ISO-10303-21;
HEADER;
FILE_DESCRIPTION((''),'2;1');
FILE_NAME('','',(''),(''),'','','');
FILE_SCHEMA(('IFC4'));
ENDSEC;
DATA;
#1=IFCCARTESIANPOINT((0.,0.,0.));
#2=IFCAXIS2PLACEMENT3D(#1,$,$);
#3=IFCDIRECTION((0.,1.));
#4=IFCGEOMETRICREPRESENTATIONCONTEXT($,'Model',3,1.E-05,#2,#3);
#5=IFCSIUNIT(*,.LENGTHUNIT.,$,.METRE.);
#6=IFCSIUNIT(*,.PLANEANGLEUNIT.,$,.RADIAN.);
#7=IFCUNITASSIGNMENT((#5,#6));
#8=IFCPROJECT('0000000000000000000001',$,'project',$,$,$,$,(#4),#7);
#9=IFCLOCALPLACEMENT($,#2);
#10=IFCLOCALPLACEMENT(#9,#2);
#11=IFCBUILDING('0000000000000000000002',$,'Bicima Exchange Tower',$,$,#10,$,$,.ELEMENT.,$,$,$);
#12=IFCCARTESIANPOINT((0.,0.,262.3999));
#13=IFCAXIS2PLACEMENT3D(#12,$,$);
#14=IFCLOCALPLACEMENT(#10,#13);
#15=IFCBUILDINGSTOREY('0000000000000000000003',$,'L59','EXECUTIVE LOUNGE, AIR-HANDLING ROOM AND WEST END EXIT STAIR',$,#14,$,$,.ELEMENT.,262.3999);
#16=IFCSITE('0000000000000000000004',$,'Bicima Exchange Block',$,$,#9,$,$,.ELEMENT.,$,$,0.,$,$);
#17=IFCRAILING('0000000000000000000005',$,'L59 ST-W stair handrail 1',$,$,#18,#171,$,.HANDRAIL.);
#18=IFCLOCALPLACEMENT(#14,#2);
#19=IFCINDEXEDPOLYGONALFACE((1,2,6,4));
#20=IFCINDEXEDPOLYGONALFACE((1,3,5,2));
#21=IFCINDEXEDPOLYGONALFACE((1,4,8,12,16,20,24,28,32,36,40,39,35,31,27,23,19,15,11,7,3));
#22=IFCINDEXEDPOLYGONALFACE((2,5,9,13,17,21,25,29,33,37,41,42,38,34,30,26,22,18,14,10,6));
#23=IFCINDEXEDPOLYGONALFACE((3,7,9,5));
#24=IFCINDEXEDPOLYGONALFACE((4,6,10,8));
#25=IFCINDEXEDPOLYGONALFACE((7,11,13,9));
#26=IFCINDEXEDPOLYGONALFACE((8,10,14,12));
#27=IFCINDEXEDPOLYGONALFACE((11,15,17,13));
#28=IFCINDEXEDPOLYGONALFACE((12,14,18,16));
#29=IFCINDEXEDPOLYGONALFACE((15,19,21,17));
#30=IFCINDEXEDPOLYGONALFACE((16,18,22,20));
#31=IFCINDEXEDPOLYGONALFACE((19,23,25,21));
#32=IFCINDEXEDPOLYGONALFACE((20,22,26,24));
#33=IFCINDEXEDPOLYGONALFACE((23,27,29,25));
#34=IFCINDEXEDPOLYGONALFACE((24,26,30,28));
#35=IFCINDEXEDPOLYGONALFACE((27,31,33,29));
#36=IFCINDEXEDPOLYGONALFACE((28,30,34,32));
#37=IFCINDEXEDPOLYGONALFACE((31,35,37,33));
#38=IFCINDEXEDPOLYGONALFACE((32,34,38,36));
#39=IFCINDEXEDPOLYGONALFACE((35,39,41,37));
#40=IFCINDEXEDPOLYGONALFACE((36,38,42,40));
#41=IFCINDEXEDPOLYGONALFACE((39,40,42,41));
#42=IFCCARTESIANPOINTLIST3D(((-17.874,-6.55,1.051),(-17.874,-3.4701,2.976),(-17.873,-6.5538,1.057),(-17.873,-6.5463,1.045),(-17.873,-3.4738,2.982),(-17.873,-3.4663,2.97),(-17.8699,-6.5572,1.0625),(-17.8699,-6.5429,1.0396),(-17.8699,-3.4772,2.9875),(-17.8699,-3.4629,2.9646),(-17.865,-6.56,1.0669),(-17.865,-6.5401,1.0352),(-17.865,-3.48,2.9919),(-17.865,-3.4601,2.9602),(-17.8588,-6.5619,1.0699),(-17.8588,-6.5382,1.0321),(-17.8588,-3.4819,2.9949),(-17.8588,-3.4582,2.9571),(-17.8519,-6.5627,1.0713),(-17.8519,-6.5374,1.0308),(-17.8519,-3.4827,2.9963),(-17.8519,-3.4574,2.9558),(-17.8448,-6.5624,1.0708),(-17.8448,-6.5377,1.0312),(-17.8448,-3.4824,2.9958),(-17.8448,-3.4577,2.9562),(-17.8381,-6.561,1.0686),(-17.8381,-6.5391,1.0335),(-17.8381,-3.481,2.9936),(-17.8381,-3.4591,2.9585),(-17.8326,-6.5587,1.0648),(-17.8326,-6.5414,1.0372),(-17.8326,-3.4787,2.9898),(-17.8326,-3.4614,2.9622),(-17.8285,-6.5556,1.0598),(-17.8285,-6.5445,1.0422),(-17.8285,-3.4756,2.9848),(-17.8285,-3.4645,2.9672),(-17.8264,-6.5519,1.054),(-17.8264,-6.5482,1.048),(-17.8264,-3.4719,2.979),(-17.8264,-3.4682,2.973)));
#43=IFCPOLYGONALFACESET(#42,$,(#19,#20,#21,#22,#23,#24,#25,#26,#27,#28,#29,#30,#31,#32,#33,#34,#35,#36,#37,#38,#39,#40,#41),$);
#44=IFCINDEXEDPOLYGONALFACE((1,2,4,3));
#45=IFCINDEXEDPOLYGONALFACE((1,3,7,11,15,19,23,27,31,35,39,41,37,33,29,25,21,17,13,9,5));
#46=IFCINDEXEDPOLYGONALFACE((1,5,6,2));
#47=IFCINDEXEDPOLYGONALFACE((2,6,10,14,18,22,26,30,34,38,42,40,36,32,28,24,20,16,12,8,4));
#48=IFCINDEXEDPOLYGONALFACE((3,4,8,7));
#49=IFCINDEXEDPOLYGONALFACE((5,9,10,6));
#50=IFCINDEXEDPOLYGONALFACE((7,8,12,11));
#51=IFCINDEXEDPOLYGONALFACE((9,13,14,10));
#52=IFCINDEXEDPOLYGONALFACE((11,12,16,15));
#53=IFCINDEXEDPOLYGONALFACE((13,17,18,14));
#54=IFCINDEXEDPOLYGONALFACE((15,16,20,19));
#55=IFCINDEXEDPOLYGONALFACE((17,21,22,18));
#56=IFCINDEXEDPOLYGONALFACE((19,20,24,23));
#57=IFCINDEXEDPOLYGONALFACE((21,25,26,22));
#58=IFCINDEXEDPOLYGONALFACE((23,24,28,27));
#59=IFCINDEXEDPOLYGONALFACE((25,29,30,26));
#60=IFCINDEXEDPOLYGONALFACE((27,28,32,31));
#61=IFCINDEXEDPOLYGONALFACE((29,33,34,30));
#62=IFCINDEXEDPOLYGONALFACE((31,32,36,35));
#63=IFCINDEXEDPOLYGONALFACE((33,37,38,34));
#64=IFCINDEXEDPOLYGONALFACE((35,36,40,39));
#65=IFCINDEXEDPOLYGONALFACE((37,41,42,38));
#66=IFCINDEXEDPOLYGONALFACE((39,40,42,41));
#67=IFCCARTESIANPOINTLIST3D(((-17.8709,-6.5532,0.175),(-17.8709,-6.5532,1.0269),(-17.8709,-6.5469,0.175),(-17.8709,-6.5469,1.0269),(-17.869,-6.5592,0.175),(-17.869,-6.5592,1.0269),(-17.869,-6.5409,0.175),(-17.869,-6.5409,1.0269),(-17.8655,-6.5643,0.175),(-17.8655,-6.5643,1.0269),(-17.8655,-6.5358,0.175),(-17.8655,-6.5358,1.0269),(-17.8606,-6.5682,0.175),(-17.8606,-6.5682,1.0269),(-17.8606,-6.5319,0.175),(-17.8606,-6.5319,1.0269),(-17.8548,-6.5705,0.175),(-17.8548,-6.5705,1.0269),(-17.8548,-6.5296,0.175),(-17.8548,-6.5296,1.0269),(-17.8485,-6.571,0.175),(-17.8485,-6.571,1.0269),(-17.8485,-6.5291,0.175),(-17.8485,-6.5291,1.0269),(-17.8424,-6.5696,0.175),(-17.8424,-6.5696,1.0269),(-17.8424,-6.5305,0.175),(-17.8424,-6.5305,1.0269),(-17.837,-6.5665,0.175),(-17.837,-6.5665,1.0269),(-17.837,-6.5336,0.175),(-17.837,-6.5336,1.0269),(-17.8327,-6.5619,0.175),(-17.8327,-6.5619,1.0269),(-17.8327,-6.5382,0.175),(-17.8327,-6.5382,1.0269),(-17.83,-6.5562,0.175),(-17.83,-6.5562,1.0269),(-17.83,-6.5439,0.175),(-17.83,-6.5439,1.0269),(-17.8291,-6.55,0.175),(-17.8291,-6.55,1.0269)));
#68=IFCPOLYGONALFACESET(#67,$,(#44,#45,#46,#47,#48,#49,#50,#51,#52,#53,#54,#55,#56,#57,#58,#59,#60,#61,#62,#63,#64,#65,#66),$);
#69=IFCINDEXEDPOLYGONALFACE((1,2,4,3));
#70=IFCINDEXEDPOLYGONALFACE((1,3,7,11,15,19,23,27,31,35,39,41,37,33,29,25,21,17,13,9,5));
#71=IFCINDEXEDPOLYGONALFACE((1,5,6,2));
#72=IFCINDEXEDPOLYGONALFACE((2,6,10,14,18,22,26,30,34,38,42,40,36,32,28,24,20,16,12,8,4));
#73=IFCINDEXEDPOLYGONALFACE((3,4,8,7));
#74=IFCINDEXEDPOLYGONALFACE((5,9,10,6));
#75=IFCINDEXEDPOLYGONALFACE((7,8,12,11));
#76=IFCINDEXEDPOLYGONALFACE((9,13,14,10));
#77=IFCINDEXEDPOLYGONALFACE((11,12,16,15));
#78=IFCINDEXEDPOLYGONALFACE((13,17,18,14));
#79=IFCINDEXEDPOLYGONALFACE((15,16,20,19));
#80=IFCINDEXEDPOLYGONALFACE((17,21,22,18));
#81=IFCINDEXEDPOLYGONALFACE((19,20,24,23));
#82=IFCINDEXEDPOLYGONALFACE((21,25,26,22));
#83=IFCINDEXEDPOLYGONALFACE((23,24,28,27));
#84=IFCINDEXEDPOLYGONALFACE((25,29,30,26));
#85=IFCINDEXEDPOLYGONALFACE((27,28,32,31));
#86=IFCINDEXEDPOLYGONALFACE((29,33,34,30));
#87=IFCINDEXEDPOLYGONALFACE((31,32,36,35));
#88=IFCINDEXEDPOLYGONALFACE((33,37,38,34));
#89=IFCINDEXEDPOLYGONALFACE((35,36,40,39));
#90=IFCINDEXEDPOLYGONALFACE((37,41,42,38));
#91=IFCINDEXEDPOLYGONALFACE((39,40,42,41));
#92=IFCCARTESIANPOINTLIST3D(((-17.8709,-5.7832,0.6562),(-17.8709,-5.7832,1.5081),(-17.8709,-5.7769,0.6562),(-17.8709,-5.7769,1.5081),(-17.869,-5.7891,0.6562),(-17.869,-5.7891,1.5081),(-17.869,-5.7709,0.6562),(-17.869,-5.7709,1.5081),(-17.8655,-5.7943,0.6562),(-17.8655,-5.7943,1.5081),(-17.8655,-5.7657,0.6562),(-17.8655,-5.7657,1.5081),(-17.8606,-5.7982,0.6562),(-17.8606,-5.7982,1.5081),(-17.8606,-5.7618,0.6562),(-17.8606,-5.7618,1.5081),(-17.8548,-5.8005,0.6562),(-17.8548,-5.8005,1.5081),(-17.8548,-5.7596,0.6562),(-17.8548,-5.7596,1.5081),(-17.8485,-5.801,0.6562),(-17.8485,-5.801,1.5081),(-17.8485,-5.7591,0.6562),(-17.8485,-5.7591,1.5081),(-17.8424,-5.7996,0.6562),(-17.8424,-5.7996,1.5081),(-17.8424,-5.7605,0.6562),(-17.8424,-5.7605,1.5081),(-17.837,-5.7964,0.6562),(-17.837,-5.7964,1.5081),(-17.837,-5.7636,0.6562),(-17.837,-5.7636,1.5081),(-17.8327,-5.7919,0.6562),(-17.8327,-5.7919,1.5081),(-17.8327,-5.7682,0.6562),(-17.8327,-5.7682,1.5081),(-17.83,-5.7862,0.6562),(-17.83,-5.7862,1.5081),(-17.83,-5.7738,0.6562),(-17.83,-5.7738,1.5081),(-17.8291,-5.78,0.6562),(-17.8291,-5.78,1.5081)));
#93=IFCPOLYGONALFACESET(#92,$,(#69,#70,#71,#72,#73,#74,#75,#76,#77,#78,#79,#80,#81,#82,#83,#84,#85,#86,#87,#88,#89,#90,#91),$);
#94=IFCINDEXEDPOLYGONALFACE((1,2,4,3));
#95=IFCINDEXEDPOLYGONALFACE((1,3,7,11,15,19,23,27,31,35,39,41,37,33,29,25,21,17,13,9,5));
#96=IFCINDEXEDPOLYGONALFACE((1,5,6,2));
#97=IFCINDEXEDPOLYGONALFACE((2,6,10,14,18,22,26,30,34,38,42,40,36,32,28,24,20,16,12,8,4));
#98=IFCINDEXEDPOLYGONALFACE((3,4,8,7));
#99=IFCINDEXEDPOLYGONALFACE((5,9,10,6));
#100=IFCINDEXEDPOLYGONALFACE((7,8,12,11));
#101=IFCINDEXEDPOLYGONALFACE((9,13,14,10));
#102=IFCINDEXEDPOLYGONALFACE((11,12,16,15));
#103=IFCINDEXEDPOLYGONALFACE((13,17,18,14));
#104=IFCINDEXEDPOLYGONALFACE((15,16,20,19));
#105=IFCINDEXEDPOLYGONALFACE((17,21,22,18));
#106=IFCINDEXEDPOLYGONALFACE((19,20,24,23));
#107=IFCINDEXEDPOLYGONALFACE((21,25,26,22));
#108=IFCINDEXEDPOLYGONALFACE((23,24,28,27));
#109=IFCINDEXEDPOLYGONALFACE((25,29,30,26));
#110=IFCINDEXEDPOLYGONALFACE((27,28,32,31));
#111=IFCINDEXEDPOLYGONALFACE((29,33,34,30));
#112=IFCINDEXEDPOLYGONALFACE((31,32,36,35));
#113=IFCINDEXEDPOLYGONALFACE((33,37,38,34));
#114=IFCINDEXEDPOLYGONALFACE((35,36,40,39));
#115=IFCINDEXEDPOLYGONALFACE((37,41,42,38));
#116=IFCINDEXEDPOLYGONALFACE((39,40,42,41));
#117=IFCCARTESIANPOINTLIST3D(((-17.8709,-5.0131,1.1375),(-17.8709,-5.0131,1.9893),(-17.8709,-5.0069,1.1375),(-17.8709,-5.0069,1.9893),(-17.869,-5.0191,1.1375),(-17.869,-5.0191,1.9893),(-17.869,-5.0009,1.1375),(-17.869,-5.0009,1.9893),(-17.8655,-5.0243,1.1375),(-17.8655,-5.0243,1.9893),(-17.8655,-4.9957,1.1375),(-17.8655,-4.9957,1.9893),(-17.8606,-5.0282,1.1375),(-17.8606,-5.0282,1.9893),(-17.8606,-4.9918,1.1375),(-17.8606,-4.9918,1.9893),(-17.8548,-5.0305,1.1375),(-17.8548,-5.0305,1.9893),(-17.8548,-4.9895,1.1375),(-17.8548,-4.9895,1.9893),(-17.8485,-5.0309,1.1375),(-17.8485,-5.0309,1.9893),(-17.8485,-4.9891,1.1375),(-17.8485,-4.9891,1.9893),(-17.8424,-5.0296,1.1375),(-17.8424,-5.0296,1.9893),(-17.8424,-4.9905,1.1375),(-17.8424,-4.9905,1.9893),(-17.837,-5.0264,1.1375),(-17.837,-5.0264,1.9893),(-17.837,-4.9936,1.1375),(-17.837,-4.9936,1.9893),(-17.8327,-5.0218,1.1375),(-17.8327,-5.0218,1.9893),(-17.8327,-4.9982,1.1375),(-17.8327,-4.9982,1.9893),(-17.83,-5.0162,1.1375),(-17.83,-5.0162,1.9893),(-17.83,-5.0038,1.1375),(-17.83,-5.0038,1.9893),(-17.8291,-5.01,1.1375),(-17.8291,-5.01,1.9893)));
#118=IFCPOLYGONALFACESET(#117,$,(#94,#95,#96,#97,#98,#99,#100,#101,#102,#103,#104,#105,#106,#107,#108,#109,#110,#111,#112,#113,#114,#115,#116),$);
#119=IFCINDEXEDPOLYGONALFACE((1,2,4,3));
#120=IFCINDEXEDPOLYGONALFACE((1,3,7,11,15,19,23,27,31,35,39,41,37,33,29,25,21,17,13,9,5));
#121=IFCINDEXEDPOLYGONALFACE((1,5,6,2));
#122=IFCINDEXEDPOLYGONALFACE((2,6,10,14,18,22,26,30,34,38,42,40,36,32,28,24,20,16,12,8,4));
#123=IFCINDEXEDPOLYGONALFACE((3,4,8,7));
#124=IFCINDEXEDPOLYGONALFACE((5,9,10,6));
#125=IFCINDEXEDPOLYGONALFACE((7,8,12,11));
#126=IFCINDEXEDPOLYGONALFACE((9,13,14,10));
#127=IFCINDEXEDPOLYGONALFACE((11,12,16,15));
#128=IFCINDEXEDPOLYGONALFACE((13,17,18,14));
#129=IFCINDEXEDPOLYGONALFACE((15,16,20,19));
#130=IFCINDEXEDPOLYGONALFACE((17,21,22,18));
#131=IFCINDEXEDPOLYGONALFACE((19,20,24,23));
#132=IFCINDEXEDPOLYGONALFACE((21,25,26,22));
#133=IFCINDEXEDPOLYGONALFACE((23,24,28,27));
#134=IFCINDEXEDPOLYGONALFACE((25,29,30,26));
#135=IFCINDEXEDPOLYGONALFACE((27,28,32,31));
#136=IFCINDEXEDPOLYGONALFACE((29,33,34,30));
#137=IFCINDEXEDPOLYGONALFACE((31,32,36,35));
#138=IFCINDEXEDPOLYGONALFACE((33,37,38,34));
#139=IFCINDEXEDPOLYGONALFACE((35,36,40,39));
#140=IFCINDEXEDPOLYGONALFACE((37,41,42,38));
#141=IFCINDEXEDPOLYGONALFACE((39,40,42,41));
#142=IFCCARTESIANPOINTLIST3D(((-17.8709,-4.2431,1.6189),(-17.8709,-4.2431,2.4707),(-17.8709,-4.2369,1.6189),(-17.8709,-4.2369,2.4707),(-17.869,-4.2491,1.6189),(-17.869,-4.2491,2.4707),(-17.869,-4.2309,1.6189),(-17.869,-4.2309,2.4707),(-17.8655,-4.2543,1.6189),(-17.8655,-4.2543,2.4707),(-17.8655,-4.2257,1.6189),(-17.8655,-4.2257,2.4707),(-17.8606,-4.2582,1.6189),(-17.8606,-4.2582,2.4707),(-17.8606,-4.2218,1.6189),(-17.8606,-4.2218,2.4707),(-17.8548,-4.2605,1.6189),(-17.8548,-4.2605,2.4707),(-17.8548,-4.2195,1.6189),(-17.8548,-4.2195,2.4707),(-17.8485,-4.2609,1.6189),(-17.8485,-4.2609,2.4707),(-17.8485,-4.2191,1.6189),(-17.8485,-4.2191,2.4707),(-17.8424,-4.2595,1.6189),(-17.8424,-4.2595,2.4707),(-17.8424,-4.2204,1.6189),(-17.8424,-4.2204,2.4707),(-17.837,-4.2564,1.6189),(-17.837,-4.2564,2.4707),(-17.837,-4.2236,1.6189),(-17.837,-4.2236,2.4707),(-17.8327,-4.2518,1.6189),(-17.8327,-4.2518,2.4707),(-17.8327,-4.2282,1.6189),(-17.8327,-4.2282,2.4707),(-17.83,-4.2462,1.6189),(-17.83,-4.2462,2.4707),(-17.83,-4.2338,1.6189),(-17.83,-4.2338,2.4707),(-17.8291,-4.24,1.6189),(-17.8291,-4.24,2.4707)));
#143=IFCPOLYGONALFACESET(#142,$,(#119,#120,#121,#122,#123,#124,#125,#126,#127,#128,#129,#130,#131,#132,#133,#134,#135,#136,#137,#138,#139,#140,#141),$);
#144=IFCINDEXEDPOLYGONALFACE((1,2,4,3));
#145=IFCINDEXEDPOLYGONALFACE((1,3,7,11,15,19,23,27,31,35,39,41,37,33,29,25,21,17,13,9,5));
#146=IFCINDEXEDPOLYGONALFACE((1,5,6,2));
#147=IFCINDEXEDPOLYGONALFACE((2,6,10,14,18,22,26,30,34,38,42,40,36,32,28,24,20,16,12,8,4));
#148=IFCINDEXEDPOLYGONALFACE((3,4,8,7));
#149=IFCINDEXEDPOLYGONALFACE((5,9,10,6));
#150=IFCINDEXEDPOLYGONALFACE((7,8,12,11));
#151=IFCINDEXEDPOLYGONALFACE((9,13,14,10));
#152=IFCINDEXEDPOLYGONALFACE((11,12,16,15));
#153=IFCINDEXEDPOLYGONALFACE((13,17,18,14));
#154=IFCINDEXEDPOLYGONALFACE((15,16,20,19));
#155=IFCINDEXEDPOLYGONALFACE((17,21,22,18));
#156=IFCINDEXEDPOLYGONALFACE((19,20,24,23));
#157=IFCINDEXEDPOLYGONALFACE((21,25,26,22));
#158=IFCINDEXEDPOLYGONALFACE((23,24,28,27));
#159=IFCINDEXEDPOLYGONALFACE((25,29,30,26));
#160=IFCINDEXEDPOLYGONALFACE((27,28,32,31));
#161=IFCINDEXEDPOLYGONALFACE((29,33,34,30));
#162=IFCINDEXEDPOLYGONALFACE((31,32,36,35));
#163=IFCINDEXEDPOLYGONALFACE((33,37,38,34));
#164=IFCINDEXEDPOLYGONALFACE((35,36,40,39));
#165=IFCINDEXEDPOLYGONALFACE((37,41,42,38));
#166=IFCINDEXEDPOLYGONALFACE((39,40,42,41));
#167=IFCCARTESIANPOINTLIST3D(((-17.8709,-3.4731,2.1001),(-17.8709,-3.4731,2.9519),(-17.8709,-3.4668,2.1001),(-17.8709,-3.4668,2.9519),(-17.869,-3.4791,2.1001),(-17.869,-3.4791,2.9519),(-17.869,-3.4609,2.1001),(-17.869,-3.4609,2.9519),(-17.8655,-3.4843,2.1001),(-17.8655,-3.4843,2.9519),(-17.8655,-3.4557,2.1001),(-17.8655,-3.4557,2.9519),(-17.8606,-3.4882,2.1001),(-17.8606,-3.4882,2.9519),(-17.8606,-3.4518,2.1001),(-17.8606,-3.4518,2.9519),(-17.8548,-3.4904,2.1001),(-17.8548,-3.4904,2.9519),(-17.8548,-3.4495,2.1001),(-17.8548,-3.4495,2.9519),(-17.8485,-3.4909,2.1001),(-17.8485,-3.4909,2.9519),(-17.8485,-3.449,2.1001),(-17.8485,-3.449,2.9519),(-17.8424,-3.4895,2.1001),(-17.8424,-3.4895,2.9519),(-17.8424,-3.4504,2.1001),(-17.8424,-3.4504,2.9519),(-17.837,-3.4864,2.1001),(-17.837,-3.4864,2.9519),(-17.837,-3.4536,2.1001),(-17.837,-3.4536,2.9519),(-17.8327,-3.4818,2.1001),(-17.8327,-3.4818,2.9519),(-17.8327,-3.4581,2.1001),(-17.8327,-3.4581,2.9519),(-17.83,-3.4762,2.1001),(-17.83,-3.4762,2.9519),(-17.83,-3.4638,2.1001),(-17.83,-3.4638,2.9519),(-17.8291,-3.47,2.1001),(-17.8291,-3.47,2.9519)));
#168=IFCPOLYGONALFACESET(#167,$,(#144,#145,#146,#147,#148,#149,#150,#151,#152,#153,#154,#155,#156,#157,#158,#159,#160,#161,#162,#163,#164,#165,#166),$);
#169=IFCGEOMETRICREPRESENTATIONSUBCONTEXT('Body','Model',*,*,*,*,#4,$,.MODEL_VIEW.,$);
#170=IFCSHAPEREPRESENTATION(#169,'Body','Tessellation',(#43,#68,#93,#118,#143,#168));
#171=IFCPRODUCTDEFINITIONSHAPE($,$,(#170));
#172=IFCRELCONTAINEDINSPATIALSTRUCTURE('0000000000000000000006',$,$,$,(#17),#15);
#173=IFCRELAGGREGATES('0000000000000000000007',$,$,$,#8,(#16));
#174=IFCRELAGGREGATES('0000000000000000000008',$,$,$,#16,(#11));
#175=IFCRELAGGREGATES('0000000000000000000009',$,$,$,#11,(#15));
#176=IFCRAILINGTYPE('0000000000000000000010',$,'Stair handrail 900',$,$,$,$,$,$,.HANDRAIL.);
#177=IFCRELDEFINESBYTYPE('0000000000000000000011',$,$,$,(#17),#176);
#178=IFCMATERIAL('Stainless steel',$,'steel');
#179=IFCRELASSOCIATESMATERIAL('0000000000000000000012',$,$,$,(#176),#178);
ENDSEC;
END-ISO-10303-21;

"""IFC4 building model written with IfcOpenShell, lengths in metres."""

from ifc_helpers import new_model, si_unit, direction, frame, origin, origin_2d, place, context, subcontext, project, spatial, circle, extrude, material, type_object, element, save


model = new_model("IFC4")

# Units and contexts
model_context = context("Model", 3, precision=1e-05, world=origin(), true_north=direction((0.0, 1.0)))
body_context = subcontext(model_context, "Body", "Model", "MODEL_VIEW")
ifc_project = project(units=[si_unit("LENGTHUNIT", "METRE"), si_unit("PLANEANGLEUNIT", "RADIAN")], contexts=[model_context])

# Site, building, storey
site_placement = place(None, origin())
site = spatial("IfcSite", under=ifc_project, at=site_placement, Name="Bicima Exchange Block", CompositionType="ELEMENT", RefElevation=0.0)
building_placement = place(site_placement, origin())
building = spatial("IfcBuilding", under=site, at=building_placement, Name="Bicima Exchange Tower", CompositionType="ELEMENT")
storey_placement = place(building_placement, frame((0.0, 0.0, 262.3999)))
storey = spatial("IfcBuildingStorey", under=building, at=storey_placement, Name="L59", Description="EXECUTIVE LOUNGE, AIR-HANDLING ROOM AND WEST END EXIT STAIR", CompositionType="ELEMENT", Elevation=262.3999)

# Shared definitions
ifc_material_1 = material(Name="Stainless steel", Category="steel")

# Railing
railing_type_1 = type_object("IfcRailingType", Name="Stair handrail 900", PredefinedType="HANDRAIL", material=ifc_material_1)
railing_1_placement = place(storey_placement, frame((-17.8501, -6.55, 0.175)))
element("IfcRailing", 1, at=railing_1_placement, inside=storey, type_object=railing_type_1, Name="L59 ST-W stair handrail 1", PredefinedType="HANDRAIL", context=body_context, shape_type="SweptSolid", body=[
    extrude(circle(Radius=0.0239, at=origin_2d()), frame((0.0, 0.0, 0.876), z_axis=(0.0, 0.847998, 0.529999), x_axis=(-1.0, 0.0, 0.0)), (0.0, 0.0, 1.0), 3.6321),
    extrude(circle(Radius=0.021, at=origin_2d()), origin(), (0.0, 0.0, 1.0), 0.8518),
    extrude(circle(Radius=0.021, at=origin_2d()), frame((0.0, 0.77, 0.4812)), (0.0, 0.0, 1.0), 0.8518),
    extrude(circle(Radius=0.021, at=origin_2d()), frame((0.0, 1.54, 0.9624)), (0.0, 0.0, 1.0), 0.8518),
    extrude(circle(Radius=0.021, at=origin_2d()), frame((0.0, 2.3101, 1.4438)), (0.0, 0.0, 1.0), 0.8518),
    extrude(circle(Radius=0.021, at=origin_2d()), frame((0.0, 3.0801, 1.925)), (0.0, 0.0, 1.0), 0.8518),
])

save(model, "model.ifc")
